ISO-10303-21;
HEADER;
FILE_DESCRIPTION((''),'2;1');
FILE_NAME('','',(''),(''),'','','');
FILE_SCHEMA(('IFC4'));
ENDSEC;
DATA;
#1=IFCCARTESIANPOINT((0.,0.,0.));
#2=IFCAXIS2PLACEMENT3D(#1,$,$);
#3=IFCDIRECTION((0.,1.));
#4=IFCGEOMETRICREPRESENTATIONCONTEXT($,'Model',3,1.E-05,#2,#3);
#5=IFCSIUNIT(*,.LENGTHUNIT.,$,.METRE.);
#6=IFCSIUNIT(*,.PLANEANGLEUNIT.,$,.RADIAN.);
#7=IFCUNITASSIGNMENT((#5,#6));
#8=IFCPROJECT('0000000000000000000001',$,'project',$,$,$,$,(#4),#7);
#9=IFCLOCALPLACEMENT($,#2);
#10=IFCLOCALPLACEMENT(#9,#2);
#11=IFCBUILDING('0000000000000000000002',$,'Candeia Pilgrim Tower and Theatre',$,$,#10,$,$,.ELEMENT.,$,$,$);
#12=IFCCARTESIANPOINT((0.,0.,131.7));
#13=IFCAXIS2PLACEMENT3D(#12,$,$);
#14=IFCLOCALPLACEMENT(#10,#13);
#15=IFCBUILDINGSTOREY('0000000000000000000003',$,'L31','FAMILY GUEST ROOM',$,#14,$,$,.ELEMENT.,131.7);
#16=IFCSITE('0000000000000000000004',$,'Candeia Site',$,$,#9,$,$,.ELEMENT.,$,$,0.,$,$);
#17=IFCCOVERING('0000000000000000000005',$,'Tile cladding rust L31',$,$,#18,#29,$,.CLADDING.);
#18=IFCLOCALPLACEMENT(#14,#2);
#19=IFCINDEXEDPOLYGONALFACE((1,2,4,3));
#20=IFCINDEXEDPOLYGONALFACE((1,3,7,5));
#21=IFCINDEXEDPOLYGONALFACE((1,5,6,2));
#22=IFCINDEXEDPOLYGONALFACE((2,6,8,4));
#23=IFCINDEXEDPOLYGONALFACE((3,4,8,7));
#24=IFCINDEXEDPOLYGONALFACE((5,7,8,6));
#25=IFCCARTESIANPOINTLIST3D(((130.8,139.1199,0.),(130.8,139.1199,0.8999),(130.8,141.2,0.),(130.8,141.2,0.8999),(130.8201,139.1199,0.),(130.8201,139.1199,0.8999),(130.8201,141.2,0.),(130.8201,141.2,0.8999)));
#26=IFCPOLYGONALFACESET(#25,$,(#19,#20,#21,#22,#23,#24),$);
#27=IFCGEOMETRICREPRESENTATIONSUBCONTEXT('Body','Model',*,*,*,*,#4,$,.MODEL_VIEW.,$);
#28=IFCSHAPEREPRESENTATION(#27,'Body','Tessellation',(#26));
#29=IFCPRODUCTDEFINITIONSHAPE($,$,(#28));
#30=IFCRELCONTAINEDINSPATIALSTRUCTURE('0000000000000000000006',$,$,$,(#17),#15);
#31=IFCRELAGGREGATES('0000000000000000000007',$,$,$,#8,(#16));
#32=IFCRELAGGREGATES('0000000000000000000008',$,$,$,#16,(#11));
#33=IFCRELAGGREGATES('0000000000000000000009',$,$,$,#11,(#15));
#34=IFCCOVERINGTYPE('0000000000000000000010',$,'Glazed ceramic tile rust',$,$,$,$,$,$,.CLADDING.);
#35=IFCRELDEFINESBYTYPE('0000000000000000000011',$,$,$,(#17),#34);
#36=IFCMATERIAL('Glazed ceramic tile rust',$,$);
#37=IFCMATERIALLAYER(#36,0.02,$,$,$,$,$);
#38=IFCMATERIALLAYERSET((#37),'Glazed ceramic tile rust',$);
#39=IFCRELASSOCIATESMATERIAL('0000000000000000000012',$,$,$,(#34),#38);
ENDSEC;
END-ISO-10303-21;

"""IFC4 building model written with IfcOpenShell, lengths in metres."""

from ifc_helpers import new_model, si_unit, direction, frame, origin, origin_2d, place, context, subcontext, project, spatial, rectangle, extrude, material, layer, layer_set, type_object, element, save


model = new_model("IFC4")

# Units and contexts
model_context = context("Model", 3, precision=1e-05, world=origin(), true_north=direction((0.0, 1.0)))
body_context = subcontext(model_context, "Body", "Model", "MODEL_VIEW")
ifc_project = project(units=[si_unit("LENGTHUNIT", "METRE"), si_unit("PLANEANGLEUNIT", "RADIAN")], contexts=[model_context])

# Site, building, storey
site_placement = place(None, origin())
site = spatial("IfcSite", under=ifc_project, at=site_placement, Name="Candeia Site", CompositionType="ELEMENT", RefElevation=0.0)
building_placement = place(site_placement, origin())
building = spatial("IfcBuilding", under=site, at=building_placement, Name="Candeia Pilgrim Tower and Theatre", CompositionType="ELEMENT")
storey_placement = place(building_placement, frame((0.0, 0.0, 131.7)))
storey = spatial("IfcBuildingStorey", under=building, at=storey_placement, Name="L31", Description="FAMILY GUEST ROOM", CompositionType="ELEMENT", Elevation=131.7)

# Covering
ifc_material_1 = material(Name="Glazed ceramic tile rust")
ifc_layer_1 = layer(ifc_material_1, 0.02)
ifc_layer_set_1 = layer_set([ifc_layer_1], Name="Glazed ceramic tile rust")
covering_type_1 = type_object("IfcCoveringType", Name="Glazed ceramic tile rust", PredefinedType="CLADDING", material=ifc_layer_set_1)
covering_1_placement = place(storey_placement, frame((130.8101, 140.1599, 0.0), z_axis=(0.0, 0.0, 1.0), x_axis=(0.0, 1.0, 0.0)))
element("IfcCovering", 1, at=covering_1_placement, inside=storey, type_object=covering_type_1, Name="Tile cladding rust L31", PredefinedType="CLADDING", context=body_context, shape_type="SweptSolid", body=[
    extrude(rectangle(XDim=2.0801, YDim=0.02, at=origin_2d()), origin(), (0.0, 0.0, 1.0), 0.8999),
])

save(model, "model.ifc")
